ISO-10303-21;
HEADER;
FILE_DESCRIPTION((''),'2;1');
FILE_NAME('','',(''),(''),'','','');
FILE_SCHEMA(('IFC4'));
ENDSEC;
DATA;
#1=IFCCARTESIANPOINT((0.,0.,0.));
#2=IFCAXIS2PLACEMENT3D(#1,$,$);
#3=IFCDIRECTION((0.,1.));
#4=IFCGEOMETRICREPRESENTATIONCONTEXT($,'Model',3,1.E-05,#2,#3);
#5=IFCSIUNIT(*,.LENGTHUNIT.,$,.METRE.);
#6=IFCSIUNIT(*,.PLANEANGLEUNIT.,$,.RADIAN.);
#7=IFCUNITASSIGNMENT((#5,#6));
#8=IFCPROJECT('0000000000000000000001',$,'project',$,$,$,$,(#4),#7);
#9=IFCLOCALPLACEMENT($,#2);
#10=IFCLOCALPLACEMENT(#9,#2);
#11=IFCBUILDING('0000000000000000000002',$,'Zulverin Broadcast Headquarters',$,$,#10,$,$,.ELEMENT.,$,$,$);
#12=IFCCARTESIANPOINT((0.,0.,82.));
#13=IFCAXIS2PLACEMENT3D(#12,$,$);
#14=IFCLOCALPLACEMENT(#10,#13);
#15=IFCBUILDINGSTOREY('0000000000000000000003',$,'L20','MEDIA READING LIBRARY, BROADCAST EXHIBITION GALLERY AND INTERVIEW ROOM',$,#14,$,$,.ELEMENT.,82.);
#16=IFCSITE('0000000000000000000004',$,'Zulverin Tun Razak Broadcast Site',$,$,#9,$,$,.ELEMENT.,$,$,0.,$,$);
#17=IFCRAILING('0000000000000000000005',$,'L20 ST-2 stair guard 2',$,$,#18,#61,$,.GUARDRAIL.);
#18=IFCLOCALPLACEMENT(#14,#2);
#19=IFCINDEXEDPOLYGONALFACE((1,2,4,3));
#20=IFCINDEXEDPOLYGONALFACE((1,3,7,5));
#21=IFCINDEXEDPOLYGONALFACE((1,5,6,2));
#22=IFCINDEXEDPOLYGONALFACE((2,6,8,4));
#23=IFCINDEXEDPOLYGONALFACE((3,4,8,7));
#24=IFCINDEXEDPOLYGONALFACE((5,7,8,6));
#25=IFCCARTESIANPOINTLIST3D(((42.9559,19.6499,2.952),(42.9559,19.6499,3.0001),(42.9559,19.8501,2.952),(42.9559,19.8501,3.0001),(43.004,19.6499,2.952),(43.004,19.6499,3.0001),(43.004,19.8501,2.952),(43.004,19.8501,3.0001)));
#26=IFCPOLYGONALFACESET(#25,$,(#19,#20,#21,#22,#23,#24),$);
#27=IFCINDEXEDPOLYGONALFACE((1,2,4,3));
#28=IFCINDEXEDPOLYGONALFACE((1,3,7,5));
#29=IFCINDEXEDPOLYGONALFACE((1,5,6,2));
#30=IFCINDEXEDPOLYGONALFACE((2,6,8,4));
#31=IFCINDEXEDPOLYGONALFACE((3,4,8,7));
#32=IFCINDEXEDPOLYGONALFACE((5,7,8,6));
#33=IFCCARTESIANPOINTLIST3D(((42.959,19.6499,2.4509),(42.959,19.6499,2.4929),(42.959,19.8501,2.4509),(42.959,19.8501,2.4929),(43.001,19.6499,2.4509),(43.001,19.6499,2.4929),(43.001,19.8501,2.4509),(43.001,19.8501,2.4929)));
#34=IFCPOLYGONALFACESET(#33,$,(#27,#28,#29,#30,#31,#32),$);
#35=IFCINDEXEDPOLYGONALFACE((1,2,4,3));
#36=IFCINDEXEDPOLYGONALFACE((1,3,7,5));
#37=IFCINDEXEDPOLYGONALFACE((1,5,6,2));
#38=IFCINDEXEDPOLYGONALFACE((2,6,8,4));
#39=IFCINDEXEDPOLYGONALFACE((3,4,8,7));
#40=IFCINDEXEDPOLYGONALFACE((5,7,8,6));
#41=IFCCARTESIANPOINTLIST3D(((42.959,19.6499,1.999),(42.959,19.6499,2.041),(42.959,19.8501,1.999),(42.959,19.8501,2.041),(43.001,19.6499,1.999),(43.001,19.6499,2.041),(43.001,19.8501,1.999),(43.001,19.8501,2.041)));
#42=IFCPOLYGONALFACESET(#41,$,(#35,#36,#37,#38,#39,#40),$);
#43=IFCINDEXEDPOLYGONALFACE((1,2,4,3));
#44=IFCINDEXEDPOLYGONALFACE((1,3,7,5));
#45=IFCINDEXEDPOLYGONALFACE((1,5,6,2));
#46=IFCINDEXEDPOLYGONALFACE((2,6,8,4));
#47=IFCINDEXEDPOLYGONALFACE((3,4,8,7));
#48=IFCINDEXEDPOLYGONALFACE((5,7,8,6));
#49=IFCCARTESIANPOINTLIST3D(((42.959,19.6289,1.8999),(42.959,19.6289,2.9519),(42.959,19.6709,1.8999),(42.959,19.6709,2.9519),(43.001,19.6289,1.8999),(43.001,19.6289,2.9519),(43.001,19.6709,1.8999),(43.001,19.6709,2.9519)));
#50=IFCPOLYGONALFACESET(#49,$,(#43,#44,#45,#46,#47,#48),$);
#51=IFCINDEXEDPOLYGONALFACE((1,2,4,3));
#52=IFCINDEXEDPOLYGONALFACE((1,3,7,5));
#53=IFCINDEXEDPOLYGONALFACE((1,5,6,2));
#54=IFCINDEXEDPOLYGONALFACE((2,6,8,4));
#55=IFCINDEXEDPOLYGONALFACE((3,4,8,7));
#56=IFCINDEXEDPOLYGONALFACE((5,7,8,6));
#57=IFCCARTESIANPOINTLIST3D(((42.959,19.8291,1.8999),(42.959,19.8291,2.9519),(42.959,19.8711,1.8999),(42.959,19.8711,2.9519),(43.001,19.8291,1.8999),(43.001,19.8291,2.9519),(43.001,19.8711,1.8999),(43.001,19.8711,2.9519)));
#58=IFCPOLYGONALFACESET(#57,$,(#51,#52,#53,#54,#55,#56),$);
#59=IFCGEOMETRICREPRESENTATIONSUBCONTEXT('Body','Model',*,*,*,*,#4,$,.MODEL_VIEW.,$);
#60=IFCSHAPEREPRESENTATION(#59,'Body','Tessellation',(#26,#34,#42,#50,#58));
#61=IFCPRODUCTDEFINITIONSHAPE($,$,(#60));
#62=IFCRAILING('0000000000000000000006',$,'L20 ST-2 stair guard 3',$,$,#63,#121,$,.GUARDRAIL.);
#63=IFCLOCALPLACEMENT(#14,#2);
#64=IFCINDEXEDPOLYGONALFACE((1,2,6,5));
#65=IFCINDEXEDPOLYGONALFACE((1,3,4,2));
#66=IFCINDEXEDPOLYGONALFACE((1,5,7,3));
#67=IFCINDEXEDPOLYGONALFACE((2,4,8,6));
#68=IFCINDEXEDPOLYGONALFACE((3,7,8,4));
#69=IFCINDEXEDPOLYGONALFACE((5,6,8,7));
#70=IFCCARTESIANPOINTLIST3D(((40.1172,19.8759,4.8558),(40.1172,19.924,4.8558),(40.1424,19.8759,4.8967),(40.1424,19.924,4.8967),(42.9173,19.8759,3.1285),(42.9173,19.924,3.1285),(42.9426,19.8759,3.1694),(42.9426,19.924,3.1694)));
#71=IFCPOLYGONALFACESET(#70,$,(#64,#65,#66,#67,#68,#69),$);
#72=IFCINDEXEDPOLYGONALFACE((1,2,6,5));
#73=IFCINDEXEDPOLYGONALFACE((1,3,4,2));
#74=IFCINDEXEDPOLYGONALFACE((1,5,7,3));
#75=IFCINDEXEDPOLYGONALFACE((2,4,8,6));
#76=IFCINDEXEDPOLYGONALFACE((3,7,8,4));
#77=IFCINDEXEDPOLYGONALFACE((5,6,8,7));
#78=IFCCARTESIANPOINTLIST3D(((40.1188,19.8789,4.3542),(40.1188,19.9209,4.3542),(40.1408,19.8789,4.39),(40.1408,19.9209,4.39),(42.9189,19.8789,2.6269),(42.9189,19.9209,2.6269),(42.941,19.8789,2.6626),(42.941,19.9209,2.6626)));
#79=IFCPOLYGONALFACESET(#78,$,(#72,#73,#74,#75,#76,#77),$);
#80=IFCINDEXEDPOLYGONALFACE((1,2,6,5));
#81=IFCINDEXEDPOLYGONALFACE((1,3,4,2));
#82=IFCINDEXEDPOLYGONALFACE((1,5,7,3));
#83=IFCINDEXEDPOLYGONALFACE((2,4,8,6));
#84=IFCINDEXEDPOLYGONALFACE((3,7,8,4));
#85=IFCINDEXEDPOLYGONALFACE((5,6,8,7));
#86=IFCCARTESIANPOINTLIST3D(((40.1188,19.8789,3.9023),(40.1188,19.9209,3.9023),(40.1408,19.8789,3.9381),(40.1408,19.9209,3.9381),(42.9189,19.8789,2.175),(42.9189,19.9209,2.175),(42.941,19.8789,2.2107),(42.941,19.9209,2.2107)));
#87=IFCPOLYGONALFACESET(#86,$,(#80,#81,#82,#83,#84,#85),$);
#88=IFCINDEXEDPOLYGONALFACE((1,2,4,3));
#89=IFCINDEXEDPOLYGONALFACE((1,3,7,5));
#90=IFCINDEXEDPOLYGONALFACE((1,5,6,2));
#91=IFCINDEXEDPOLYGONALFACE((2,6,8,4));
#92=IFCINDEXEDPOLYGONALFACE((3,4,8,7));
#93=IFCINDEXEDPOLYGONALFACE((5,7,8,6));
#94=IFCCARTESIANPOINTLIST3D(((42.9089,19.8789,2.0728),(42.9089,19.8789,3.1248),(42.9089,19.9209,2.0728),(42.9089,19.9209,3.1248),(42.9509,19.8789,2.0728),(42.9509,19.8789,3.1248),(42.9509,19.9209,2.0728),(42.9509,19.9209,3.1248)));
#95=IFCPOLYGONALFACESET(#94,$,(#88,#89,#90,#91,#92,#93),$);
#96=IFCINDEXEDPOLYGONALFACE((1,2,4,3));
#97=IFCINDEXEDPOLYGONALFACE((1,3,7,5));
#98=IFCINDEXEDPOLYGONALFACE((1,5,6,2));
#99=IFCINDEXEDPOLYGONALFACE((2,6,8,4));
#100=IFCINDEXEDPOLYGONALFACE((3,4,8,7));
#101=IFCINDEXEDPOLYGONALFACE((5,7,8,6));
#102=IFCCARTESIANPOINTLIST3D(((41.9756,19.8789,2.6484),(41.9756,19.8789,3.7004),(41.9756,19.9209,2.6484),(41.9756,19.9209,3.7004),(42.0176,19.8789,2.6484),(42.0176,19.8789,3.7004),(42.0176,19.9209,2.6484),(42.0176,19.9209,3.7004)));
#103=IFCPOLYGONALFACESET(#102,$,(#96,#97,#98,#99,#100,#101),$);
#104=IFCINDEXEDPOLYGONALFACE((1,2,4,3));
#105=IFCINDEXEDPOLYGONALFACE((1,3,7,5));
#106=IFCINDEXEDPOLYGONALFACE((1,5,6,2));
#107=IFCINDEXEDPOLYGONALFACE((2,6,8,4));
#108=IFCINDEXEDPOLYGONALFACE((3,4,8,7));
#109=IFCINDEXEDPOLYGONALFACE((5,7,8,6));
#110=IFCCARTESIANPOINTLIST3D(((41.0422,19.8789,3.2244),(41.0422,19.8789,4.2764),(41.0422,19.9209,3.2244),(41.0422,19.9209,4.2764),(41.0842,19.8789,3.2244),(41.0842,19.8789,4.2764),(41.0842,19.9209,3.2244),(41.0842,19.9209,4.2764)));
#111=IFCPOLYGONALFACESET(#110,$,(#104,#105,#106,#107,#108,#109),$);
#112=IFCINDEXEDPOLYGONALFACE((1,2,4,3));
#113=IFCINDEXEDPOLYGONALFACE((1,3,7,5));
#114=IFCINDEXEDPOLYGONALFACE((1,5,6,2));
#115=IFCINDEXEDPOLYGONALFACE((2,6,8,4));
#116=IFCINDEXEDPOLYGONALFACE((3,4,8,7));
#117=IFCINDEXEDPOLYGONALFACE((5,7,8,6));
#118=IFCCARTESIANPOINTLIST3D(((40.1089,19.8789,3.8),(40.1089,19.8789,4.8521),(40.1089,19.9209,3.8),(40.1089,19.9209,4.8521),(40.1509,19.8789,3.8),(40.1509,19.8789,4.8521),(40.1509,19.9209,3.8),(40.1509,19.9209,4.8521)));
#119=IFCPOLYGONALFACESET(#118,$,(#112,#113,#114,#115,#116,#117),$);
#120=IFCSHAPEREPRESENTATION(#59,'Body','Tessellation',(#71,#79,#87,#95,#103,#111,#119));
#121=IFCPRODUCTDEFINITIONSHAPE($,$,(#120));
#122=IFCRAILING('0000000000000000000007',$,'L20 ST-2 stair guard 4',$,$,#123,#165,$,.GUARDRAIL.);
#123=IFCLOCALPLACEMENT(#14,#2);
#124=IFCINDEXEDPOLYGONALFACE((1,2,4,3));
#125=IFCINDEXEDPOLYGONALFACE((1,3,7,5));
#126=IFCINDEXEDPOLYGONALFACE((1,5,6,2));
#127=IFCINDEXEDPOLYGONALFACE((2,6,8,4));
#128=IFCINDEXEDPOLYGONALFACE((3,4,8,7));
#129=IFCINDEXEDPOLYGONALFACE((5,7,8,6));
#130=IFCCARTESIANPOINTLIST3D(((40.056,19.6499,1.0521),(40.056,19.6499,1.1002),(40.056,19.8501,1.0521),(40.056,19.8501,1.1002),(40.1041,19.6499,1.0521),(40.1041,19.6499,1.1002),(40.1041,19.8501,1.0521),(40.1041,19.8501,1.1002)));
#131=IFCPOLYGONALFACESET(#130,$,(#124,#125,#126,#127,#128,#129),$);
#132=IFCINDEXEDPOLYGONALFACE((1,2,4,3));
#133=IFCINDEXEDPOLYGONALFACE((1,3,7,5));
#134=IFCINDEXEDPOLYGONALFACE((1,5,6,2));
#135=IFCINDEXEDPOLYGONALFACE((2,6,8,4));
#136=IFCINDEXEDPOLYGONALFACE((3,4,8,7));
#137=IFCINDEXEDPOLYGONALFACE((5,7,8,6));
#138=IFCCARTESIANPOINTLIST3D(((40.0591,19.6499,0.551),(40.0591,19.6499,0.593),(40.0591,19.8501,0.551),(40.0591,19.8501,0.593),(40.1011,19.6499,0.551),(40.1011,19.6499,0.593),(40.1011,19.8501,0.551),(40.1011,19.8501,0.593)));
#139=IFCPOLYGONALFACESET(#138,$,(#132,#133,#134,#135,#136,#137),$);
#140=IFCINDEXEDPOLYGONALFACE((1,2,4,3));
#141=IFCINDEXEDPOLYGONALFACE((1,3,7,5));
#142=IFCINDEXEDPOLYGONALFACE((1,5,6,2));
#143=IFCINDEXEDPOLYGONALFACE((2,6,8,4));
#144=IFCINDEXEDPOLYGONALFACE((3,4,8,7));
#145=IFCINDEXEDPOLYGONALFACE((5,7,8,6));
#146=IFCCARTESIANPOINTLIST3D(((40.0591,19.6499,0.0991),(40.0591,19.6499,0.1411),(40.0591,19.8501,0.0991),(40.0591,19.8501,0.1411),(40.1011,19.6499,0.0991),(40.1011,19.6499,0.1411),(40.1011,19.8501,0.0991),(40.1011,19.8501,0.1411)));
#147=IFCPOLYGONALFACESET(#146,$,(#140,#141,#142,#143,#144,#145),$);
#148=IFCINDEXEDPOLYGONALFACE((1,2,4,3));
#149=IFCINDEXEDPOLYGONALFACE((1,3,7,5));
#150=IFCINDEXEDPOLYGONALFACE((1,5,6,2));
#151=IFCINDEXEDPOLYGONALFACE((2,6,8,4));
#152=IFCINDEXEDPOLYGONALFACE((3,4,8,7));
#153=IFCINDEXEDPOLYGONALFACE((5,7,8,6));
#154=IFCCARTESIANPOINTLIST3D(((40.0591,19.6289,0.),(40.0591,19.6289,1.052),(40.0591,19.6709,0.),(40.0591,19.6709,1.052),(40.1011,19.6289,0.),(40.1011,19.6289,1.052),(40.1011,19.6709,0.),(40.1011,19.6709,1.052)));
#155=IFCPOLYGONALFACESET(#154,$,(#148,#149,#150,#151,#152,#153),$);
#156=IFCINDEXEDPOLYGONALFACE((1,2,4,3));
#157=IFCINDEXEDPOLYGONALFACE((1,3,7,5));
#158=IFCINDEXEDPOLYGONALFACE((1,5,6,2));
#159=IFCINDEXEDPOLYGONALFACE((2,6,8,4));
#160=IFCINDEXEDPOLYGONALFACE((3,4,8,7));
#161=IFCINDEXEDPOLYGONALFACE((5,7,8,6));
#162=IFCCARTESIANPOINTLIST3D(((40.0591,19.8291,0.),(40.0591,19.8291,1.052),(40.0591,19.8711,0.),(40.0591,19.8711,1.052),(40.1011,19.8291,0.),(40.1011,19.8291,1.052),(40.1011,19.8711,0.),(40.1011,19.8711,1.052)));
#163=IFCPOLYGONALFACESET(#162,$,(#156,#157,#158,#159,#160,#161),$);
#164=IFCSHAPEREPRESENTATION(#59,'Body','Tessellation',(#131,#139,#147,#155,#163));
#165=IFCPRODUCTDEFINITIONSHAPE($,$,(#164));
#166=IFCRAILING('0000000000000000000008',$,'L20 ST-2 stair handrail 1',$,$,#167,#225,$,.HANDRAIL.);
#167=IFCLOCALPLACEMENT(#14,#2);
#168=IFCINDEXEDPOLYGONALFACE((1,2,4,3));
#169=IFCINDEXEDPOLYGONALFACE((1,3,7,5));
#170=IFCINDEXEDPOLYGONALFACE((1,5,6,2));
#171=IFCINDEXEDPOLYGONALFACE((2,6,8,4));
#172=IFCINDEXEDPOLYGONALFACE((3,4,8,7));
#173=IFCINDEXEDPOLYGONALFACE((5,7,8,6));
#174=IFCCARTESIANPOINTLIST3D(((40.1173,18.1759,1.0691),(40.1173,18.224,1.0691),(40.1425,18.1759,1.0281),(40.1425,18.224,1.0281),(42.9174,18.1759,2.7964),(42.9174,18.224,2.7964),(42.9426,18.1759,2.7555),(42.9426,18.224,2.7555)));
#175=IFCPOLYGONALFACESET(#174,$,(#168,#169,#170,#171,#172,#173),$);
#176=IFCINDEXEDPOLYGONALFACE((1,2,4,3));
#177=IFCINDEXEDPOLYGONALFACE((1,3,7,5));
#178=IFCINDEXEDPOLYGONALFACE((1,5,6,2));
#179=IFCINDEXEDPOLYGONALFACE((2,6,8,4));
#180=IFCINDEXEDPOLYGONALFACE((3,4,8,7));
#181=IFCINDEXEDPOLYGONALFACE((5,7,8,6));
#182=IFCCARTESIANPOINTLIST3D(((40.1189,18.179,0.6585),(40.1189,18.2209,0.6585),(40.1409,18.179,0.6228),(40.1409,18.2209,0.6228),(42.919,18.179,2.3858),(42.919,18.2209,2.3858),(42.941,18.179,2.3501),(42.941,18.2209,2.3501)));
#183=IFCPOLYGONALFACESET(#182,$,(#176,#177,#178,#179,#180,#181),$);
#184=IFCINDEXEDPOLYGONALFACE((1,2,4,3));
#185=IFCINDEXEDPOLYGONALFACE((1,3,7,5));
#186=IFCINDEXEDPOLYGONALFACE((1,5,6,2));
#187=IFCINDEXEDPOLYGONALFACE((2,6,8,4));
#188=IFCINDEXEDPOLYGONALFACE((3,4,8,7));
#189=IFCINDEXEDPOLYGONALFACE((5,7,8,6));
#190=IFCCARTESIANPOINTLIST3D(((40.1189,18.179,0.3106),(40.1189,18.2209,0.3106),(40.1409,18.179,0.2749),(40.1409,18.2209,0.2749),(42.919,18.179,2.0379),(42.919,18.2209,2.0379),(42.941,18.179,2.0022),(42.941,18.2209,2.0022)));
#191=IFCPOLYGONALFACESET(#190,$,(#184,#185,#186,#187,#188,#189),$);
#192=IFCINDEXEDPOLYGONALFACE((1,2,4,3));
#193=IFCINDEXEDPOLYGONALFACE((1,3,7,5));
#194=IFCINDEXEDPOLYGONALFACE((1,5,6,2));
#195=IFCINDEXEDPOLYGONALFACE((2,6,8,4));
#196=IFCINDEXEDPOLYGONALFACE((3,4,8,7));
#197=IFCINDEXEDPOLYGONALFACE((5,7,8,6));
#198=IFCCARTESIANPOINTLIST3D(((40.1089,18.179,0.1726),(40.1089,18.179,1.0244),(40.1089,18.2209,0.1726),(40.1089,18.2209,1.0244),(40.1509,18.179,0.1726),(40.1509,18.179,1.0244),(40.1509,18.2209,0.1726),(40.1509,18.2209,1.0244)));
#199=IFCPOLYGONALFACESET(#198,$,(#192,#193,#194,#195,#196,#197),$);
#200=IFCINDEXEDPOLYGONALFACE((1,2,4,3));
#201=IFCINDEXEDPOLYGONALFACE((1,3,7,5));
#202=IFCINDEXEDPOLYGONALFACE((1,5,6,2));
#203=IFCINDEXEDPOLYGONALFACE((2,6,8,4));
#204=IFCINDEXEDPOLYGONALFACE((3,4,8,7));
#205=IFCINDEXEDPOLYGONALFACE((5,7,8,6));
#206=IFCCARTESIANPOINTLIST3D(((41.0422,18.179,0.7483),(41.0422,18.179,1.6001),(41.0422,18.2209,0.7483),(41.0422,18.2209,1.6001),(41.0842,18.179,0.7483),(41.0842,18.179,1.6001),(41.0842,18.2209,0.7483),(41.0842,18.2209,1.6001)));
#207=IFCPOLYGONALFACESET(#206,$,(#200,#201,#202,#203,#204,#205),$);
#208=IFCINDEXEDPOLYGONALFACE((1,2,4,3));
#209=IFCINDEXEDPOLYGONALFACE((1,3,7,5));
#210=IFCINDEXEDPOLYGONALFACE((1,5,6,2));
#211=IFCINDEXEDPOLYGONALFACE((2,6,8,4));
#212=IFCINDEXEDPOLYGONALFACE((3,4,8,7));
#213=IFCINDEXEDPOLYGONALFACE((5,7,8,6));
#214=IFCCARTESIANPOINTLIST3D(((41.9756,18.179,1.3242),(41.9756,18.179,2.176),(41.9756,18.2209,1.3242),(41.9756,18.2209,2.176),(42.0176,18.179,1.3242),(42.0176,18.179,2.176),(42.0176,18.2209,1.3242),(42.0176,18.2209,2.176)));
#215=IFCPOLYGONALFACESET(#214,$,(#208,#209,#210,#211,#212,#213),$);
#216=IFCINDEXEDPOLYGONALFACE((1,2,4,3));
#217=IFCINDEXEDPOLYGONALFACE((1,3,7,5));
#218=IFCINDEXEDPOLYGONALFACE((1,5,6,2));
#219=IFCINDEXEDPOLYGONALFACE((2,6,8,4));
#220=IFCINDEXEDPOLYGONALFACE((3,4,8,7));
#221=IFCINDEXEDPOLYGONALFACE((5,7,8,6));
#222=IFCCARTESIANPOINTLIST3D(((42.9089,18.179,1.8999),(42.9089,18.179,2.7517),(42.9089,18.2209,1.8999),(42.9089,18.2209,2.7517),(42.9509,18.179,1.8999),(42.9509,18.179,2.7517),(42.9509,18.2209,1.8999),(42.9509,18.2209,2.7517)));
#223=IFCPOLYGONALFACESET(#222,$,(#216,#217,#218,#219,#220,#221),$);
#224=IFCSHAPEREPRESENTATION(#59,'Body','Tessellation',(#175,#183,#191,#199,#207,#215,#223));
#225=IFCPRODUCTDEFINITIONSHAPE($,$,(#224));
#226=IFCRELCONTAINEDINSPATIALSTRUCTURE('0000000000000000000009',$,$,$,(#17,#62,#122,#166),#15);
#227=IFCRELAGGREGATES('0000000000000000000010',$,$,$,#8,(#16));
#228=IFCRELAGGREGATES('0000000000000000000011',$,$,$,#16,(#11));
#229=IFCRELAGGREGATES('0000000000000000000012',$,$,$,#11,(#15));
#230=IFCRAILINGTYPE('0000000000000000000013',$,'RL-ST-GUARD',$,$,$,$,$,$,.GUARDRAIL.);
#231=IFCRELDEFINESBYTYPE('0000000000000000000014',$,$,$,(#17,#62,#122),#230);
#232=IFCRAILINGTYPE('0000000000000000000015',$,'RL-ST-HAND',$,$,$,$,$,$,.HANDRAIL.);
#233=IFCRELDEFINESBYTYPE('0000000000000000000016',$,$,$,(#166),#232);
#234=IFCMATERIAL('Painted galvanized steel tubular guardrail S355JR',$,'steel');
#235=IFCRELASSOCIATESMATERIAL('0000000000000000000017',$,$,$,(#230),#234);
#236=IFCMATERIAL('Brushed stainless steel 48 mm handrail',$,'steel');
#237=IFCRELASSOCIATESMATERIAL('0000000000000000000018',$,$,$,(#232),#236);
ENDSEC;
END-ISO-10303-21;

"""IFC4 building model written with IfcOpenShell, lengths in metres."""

from ifc_helpers import new_model, si_unit, direction, frame, origin, origin_2d, place, context, subcontext, project, spatial, rectangle, extrude, material, type_object, element, save


model = new_model("IFC4")

# Units and contexts
model_context = context("Model", 3, precision=1e-05, world=origin(), true_north=direction((0.0, 1.0)))
body_context = subcontext(model_context, "Body", "Model", "MODEL_VIEW")
ifc_project = project(units=[si_unit("LENGTHUNIT", "METRE"), si_unit("PLANEANGLEUNIT", "RADIAN")], contexts=[model_context])

# Site, building, storey
site_placement = place(None, origin())
site = spatial("IfcSite", under=ifc_project, at=site_placement, Name="Zulverin Tun Razak Broadcast Site", CompositionType="ELEMENT", RefElevation=0.0)
building_placement = place(site_placement, origin())
building = spatial("IfcBuilding", under=site, at=building_placement, Name="Zulverin Broadcast Headquarters", CompositionType="ELEMENT")
storey_placement = place(building_placement, frame((0.0, 0.0, 82.0)))
storey = spatial("IfcBuildingStorey", under=building, at=storey_placement, Name="L20", Description="MEDIA READING LIBRARY, BROADCAST EXHIBITION GALLERY AND INTERVIEW ROOM", CompositionType="ELEMENT", Elevation=82.0)

# Railings
ifc_material_1 = material(Name="Painted galvanized steel tubular guardrail S355JR", Category="steel")
railing_type_1 = type_object("IfcRailingType", Name="RL-ST-GUARD", PredefinedType="GUARDRAIL", material=ifc_material_1)
railing_1_placement = place(storey_placement, frame((42.98, 19.6499, 1.8999)))
element("IfcRailing", 1, at=railing_1_placement, inside=storey, type_object=railing_type_1, Name="L20 ST-2 stair guard 2", PredefinedType="GUARDRAIL", context=body_context, shape_type="SweptSolid", body=[
    extrude(rectangle(XDim=0.0481, YDim=0.0481, at=origin_2d()), frame((0.0, 0.0, 1.0762), z_axis=(0.0, 1.0, 0.0), x_axis=(-1.0, 0.0, 0.0)), (0.0, 0.0, 1.0), 0.2002),
    extrude(rectangle(XDim=0.042, YDim=0.042, at=origin_2d()), frame((0.0, 0.0, 0.572), z_axis=(0.0, 1.0, 0.0), x_axis=(-1.0, 0.0, 0.0)), (0.0, 0.0, 1.0), 0.2002),
    extrude(rectangle(XDim=0.042, YDim=0.042, at=origin_2d()), frame((0.0, 0.0, 0.1201), z_axis=(0.0, 1.0, 0.0), x_axis=(-1.0, 0.0, 0.0)), (0.0, 0.0, 1.0), 0.2002),
    extrude(rectangle(XDim=0.042, YDim=0.042, at=origin_2d()), origin(), (0.0, 0.0, 1.0), 1.052),
    extrude(rectangle(XDim=0.042, YDim=0.042, at=origin_2d()), frame((0.0, 0.2002, 0.0)), (0.0, 0.0, 1.0), 1.052),
])
railing_2_placement = place(storey_placement, frame((42.9299, 19.8999, 2.0728)))
element("IfcRailing", 2, at=railing_2_placement, inside=storey, type_object=railing_type_1, Name="L20 ST-2 stair guard 3", PredefinedType="GUARDRAIL", context=body_context, shape_type="SweptSolid", body=[
    extrude(rectangle(XDim=0.0481, YDim=0.0481, at=origin_2d()), frame((0.0, 0.0, 1.0762), z_axis=(-0.85109, 0.0, 0.52502), x_axis=(0.0, -1.0, 0.0)), (0.0, 0.0, 1.0), 3.29),
    extrude(rectangle(XDim=0.042, YDim=0.042, at=origin_2d()), frame((0.0, 0.0, 0.572), z_axis=(-0.85109, 0.0, 0.52502), x_axis=(0.0, -1.0, 0.0)), (0.0, 0.0, 1.0), 3.29),
    extrude(rectangle(XDim=0.042, YDim=0.042, at=origin_2d()), frame((0.0, 0.0, 0.1201), z_axis=(-0.85109, 0.0, 0.52502), x_axis=(0.0, -1.0, 0.0)), (0.0, 0.0, 1.0), 3.29),
    extrude(rectangle(XDim=0.042, YDim=0.042, at=origin_2d()), origin(), (0.0, 0.0, 1.0), 1.052),
    extrude(rectangle(XDim=0.042, YDim=0.042, at=origin_2d()), frame((-0.9333, 0.0, 0.5757)), (0.0, 0.0, 1.0), 1.052),
    extrude(rectangle(XDim=0.042, YDim=0.042, at=origin_2d()), frame((-1.8667, 0.0, 1.1516)), (0.0, 0.0, 1.0), 1.052),
    extrude(rectangle(XDim=0.042, YDim=0.042, at=origin_2d()), frame((-2.8, 0.0, 1.7273)), (0.0, 0.0, 1.0), 1.052),
])
railing_3_placement = place(storey_placement, frame((40.0801, 19.6499, 0.0)))
element("IfcRailing", 3, at=railing_3_placement, inside=storey, type_object=railing_type_1, Name="L20 ST-2 stair guard 4", PredefinedType="GUARDRAIL", context=body_context, shape_type="SweptSolid", body=[
    extrude(rectangle(XDim=0.0481, YDim=0.0481, at=origin_2d()), frame((0.0, 0.0, 1.0762), z_axis=(0.0, 1.0, 0.0), x_axis=(-1.0, 0.0, 0.0)), (0.0, 0.0, 1.0), 0.2002),
    extrude(rectangle(XDim=0.042, YDim=0.042, at=origin_2d()), frame((0.0, 0.0, 0.572), z_axis=(0.0, 1.0, 0.0), x_axis=(-1.0, 0.0, 0.0)), (0.0, 0.0, 1.0), 0.2002),
    extrude(rectangle(XDim=0.042, YDim=0.042, at=origin_2d()), frame((0.0, 0.0, 0.1201), z_axis=(0.0, 1.0, 0.0), x_axis=(-1.0, 0.0, 0.0)), (0.0, 0.0, 1.0), 0.2002),
    extrude(rectangle(XDim=0.042, YDim=0.042, at=origin_2d()), origin(), (0.0, 0.0, 1.0), 1.052),
    extrude(rectangle(XDim=0.042, YDim=0.042, at=origin_2d()), frame((0.0, 0.2002, 0.0)), (0.0, 0.0, 1.0), 1.052),
])
ifc_material_2 = material(Name="Brushed stainless steel 48 mm handrail", Category="steel")
railing_type_2 = type_object("IfcRailingType", Name="RL-ST-HAND", PredefinedType="HANDRAIL", material=ifc_material_2)
railing_4_placement = place(storey_placement, frame((40.1299, 18.2, 0.1726)))
element("IfcRailing", 4, at=railing_4_placement, inside=storey, type_object=railing_type_2, Name="L20 ST-2 stair handrail 1", PredefinedType="HANDRAIL", context=body_context, shape_type="SweptSolid", body=[
    extrude(rectangle(XDim=0.0481, YDim=0.0481, at=origin_2d()), frame((0.0, 0.0, 0.876), z_axis=(0.85109, 0.0, 0.52502), x_axis=(0.0, 1.0, 0.0)), (0.0, 0.0, 1.0), 3.29),
    extrude(rectangle(XDim=0.042, YDim=0.042, at=origin_2d()), frame((0.0, 0.0, 0.468), z_axis=(0.85109, 0.0, 0.52502), x_axis=(0.0, 1.0, 0.0)), (0.0, 0.0, 1.0), 3.29),
    extrude(rectangle(XDim=0.042, YDim=0.042, at=origin_2d()), frame((0.0, 0.0, 0.1201), z_axis=(0.85109, 0.0, 0.52502), x_axis=(0.0, 1.0, 0.0)), (0.0, 0.0, 1.0), 3.29),
    extrude(rectangle(XDim=0.042, YDim=0.042, at=origin_2d()), origin(), (0.0, 0.0, 1.0), 0.8518),
    extrude(rectangle(XDim=0.042, YDim=0.042, at=origin_2d()), frame((0.9333, 0.0, 0.5757)), (0.0, 0.0, 1.0), 0.8518),
    extrude(rectangle(XDim=0.042, YDim=0.042, at=origin_2d()), frame((1.8667, 0.0, 1.1516)), (0.0, 0.0, 1.0), 0.8518),
    extrude(rectangle(XDim=0.042, YDim=0.042, at=origin_2d()), frame((2.8, 0.0, 1.7273)), (0.0, 0.0, 1.0), 0.8518),
])

save(model, "model.ifc")
